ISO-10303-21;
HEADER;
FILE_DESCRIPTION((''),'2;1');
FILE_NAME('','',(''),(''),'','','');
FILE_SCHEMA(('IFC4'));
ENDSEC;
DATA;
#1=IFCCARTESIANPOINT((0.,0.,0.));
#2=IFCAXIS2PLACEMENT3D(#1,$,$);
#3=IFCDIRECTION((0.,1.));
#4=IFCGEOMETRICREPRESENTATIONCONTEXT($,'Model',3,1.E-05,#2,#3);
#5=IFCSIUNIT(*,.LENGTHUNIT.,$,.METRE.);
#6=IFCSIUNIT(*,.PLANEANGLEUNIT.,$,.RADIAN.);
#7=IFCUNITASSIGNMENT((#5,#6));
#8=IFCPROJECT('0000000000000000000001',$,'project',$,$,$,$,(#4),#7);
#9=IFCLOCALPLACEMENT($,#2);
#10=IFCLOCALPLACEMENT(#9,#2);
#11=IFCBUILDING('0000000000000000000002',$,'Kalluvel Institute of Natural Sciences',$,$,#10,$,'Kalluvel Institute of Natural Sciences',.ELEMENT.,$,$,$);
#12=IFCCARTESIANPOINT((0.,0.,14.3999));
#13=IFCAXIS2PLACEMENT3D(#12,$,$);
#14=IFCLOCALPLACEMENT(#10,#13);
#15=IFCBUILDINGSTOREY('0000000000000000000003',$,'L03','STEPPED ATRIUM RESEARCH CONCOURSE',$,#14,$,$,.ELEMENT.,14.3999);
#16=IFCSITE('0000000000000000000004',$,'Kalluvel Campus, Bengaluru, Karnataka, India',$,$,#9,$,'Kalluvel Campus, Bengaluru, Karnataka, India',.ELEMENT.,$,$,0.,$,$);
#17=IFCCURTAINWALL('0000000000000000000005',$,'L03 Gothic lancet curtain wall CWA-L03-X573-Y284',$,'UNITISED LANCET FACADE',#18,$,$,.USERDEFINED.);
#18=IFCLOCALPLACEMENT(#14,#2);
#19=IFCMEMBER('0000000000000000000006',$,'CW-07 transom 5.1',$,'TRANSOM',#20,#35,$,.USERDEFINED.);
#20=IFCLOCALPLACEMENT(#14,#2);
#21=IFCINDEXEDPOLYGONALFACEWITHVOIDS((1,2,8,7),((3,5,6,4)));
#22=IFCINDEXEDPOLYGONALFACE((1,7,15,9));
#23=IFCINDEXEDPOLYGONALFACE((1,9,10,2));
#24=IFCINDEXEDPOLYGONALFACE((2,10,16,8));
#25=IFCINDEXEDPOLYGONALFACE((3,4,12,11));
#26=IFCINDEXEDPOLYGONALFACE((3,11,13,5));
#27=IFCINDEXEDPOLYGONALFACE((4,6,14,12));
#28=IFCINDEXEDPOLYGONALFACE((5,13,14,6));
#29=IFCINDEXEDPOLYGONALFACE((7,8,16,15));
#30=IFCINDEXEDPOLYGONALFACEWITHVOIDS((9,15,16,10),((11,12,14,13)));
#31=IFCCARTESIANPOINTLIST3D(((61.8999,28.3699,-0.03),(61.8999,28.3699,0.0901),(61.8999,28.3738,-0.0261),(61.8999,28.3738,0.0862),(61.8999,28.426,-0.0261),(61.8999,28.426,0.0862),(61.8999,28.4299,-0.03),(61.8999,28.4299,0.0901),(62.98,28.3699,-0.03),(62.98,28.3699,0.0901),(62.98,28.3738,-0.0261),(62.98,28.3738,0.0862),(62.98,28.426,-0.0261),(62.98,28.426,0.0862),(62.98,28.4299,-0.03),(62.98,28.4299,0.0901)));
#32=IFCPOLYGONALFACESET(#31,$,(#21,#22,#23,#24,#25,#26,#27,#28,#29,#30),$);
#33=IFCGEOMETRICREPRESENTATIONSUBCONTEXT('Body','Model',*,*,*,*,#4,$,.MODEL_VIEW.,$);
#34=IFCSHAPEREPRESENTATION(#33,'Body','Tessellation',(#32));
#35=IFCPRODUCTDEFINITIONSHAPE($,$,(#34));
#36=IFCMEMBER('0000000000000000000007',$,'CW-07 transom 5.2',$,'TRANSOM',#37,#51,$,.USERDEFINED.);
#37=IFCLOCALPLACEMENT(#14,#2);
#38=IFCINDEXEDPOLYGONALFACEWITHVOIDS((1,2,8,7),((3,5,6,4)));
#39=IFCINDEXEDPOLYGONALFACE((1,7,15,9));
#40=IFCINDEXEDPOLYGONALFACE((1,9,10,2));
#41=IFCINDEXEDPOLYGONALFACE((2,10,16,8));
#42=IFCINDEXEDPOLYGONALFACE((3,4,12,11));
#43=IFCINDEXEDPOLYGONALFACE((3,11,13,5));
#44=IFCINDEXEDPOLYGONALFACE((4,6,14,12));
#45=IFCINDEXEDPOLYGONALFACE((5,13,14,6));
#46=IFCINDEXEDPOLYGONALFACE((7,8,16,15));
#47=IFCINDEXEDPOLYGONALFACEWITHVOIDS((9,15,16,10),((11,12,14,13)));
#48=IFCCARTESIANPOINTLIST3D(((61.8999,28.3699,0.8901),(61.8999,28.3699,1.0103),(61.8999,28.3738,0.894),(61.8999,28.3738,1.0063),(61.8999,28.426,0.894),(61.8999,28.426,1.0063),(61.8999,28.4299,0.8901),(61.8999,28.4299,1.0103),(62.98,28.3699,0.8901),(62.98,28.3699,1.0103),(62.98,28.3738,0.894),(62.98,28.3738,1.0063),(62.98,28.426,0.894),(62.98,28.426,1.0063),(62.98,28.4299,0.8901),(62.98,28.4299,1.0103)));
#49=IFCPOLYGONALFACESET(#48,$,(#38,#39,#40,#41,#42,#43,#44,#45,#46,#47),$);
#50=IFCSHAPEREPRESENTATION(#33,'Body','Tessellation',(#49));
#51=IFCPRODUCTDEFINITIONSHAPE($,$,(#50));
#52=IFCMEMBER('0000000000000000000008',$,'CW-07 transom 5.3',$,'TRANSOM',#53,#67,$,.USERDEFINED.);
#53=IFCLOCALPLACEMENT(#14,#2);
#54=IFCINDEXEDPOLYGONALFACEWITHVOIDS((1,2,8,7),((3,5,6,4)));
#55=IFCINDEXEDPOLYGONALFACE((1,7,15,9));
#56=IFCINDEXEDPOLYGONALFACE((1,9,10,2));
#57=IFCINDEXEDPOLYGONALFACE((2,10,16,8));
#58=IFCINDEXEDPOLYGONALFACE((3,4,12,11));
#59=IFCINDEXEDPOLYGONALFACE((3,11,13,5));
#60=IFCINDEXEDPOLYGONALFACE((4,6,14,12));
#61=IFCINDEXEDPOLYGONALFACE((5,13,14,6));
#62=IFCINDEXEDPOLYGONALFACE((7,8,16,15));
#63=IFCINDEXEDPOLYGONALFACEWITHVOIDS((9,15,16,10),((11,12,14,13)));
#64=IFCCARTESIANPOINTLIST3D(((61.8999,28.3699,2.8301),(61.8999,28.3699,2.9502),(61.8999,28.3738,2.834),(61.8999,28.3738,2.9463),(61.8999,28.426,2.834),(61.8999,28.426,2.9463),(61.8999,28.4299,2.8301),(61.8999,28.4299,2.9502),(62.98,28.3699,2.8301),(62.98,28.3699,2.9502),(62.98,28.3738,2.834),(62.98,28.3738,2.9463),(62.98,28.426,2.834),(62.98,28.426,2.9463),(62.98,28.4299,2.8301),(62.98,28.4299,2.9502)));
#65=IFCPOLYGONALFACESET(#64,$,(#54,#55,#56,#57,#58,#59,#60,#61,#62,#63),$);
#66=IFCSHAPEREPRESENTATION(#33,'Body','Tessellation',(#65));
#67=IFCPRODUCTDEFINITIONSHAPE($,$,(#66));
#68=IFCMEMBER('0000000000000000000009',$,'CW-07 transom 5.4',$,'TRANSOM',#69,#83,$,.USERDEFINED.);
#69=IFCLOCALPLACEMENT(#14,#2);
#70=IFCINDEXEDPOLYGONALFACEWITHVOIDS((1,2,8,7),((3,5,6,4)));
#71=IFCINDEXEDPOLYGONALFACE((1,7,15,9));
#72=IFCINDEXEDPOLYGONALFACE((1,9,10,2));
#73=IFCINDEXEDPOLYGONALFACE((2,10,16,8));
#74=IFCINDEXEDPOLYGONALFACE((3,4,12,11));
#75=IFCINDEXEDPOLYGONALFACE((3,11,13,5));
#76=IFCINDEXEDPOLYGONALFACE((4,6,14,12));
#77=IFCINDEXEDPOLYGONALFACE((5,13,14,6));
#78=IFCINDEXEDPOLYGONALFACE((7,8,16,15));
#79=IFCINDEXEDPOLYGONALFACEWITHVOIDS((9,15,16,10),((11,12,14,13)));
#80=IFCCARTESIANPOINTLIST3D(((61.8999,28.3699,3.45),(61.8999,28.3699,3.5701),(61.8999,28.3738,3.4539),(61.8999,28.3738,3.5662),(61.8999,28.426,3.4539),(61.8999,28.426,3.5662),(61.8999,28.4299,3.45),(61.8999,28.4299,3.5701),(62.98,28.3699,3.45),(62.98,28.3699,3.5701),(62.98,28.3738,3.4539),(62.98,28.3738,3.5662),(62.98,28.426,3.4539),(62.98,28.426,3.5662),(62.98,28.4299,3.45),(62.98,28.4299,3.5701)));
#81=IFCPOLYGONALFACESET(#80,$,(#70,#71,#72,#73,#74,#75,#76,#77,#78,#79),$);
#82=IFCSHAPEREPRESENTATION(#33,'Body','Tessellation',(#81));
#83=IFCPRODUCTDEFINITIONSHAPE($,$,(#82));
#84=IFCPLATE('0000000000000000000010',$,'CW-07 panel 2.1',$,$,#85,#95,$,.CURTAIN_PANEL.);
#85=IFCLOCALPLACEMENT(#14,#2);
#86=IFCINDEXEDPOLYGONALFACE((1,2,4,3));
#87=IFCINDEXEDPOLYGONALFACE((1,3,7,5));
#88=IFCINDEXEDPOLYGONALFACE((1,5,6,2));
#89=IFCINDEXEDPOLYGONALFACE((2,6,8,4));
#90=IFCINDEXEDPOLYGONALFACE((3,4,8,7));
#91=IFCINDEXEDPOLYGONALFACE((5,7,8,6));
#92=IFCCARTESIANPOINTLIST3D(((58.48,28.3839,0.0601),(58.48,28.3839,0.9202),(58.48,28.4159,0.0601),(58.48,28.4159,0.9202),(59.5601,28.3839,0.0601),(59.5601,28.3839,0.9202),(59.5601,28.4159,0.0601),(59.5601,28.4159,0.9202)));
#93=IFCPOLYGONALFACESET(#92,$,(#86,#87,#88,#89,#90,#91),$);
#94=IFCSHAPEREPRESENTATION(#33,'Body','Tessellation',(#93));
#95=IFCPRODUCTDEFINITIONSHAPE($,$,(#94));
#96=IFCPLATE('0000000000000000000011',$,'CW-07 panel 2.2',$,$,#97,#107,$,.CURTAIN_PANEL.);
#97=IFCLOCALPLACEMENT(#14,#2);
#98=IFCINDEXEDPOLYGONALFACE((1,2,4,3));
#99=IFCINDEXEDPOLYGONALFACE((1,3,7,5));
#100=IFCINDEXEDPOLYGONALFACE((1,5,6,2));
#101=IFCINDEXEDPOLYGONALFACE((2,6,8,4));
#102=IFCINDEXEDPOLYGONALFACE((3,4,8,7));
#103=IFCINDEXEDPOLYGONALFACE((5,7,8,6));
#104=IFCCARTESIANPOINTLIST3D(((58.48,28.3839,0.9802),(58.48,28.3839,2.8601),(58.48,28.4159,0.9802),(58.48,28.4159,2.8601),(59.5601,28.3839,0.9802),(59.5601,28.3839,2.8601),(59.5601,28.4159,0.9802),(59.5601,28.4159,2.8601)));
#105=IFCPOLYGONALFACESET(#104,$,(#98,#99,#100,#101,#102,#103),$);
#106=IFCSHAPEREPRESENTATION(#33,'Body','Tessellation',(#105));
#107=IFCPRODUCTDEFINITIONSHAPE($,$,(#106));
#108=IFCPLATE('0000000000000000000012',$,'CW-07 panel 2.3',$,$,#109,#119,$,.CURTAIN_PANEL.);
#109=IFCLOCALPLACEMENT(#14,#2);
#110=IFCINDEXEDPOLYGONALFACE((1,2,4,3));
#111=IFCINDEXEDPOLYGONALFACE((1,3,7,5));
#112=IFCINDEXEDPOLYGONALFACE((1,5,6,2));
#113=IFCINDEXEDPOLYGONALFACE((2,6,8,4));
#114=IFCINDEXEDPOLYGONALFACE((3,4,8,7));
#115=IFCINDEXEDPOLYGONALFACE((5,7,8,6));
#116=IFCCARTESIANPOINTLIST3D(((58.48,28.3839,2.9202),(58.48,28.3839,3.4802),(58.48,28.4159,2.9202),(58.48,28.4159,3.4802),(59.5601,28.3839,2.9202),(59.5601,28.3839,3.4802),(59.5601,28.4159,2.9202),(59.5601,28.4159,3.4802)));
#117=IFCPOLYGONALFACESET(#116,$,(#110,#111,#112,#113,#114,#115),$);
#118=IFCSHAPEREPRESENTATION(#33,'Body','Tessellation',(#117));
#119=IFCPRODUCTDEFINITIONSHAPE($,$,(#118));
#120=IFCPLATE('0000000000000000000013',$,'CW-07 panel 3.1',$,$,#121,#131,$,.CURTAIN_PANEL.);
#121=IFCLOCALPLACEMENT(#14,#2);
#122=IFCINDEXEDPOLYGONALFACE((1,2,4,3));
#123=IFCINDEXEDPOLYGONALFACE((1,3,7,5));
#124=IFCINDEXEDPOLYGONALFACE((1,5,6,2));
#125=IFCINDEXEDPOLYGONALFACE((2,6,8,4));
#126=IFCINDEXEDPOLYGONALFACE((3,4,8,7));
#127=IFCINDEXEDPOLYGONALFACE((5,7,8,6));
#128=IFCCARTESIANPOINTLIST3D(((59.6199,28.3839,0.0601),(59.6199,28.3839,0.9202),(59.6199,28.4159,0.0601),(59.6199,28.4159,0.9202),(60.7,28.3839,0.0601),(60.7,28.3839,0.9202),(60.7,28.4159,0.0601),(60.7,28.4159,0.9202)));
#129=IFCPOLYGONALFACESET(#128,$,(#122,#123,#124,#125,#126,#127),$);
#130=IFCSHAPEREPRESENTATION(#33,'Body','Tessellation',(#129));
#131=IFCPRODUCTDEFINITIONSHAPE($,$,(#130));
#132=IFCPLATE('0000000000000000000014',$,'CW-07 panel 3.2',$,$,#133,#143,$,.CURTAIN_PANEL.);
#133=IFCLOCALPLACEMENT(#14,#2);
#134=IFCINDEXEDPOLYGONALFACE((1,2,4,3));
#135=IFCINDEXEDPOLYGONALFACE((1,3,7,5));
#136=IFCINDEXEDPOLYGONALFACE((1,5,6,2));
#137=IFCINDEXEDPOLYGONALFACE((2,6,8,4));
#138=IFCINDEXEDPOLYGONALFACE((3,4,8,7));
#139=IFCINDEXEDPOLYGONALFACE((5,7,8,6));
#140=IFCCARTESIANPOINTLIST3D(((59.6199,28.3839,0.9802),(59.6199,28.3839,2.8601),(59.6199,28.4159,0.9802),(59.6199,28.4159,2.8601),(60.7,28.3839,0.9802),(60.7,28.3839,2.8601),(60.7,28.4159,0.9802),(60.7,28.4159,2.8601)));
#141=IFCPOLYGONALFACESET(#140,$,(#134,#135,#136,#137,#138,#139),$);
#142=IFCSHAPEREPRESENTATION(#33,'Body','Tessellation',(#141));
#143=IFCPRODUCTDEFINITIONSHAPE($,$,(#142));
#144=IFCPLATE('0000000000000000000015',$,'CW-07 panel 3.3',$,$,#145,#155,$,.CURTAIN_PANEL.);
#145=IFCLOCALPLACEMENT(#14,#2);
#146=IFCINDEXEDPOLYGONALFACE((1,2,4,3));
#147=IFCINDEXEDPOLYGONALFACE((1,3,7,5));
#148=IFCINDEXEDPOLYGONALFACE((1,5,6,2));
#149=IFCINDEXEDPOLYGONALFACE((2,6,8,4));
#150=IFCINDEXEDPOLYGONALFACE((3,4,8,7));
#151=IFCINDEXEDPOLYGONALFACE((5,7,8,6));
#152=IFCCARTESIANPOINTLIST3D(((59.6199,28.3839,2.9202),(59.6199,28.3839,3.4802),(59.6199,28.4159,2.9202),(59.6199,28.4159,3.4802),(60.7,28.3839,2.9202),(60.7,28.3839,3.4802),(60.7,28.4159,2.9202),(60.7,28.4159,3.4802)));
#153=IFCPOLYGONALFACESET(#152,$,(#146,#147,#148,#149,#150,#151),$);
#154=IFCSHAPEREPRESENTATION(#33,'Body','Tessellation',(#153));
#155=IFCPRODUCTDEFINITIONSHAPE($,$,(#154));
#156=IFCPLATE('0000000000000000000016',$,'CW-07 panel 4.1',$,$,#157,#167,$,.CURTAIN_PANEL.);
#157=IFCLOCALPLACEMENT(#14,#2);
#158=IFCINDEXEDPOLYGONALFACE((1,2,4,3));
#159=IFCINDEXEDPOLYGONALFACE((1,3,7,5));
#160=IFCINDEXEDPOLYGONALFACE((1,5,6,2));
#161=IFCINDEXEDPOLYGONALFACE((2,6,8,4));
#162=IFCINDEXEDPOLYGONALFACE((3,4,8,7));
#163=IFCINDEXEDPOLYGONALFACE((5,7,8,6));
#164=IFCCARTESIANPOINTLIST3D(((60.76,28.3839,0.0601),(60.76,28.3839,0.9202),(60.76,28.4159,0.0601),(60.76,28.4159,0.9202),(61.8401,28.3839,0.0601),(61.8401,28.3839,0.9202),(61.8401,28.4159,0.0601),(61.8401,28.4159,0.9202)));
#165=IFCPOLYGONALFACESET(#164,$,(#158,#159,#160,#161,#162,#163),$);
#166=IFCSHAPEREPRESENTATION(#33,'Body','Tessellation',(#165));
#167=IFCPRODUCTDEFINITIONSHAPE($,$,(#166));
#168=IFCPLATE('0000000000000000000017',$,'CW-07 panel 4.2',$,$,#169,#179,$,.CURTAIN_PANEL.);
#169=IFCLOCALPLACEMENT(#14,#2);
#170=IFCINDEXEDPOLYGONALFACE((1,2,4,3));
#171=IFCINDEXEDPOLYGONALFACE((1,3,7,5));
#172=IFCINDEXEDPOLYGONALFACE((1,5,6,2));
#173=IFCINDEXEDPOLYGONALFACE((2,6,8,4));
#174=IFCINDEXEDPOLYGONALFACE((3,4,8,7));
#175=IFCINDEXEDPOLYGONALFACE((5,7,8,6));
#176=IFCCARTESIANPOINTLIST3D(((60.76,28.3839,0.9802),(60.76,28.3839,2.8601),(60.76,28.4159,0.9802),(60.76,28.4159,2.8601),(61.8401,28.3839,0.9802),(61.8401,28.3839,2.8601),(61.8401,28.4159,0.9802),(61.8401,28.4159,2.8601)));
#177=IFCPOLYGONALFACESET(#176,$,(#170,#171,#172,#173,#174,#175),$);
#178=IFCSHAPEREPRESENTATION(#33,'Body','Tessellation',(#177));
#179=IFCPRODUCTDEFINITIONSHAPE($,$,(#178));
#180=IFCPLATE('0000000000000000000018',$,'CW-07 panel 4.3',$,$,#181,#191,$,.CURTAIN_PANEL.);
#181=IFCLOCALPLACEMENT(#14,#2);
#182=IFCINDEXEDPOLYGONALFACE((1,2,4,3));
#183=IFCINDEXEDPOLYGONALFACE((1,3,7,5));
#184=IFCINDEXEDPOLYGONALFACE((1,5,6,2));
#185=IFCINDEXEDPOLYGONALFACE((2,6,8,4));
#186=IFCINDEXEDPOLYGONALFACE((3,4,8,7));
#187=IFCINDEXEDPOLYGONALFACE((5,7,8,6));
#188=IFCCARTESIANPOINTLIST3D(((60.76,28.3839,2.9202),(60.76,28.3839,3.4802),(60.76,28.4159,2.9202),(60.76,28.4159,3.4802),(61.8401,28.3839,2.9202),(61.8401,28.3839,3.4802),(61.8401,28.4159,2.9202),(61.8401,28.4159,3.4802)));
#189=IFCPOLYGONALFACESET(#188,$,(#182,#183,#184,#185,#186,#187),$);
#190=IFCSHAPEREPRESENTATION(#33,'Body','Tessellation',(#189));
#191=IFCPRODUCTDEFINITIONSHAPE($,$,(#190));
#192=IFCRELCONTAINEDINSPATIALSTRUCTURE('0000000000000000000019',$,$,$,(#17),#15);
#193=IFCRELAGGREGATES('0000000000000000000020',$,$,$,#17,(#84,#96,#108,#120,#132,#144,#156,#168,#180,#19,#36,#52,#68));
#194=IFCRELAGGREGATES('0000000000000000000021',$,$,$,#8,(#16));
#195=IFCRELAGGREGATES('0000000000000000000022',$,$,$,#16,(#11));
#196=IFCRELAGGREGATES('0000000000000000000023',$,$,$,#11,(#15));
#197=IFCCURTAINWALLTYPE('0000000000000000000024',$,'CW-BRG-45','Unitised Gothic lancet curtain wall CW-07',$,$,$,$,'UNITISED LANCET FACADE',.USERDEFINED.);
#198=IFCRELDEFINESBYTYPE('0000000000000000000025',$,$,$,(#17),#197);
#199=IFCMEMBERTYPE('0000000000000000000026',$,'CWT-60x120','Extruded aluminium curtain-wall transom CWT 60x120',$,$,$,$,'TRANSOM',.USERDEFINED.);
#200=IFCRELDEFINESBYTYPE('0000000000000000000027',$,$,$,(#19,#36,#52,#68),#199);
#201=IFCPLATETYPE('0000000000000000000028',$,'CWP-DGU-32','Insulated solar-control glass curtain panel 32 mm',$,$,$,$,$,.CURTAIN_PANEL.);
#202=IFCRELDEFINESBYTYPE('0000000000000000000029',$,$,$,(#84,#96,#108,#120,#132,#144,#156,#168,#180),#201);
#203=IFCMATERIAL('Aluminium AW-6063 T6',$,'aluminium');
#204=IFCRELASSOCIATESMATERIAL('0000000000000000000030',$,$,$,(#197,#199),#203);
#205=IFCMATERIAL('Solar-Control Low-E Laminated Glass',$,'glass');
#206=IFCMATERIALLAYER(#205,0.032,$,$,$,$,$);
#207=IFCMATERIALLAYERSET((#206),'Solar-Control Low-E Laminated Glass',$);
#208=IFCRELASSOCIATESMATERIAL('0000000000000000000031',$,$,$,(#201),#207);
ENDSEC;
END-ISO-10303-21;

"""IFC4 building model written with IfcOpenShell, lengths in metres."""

from ifc_helpers import new_model, si_unit, direction, frame, origin, origin_2d, place, context, subcontext, project, spatial, rectangle, hollow_rectangle, extrude, material, layer, layer_set, material_profile, profile_set, type_object, element, aggregate, save


model = new_model("IFC4")

# Units and contexts
model_context = context("Model", 3, precision=1e-05, world=origin(), true_north=direction((0.0, 1.0)))
body_context = subcontext(model_context, "Body", "Model", "MODEL_VIEW")
ifc_project = project(units=[si_unit("LENGTHUNIT", "METRE"), si_unit("PLANEANGLEUNIT", "RADIAN")], contexts=[model_context])

# Site, building, storey
site_placement = place(None, origin())
site = spatial("IfcSite", under=ifc_project, at=site_placement, Name="Kalluvel Campus, Bengaluru, Karnataka, India", LongName="Kalluvel Campus, Bengaluru, Karnataka, India", CompositionType="ELEMENT", RefElevation=0.0)
building_placement = place(site_placement, origin())
building = spatial("IfcBuilding", under=site, at=building_placement, Name="Kalluvel Institute of Natural Sciences", LongName="Kalluvel Institute of Natural Sciences", CompositionType="ELEMENT")
storey_placement = place(building_placement, frame((0.0, 0.0, 14.3999)))
storey = spatial("IfcBuildingStorey", under=building, at=storey_placement, Name="L03", Description="STEPPED ATRIUM RESEARCH CONCOURSE", CompositionType="ELEMENT", Elevation=14.3999)

# Curtain wall, members, plates
ifc_material_1 = material(Name="Aluminium AW-6063 T6", Category="aluminium")
curtain_wall_type = type_object("IfcCurtainWallType", Name="CW-BRG-45", Description="Unitised Gothic lancet curtain wall CW-07", ElementType="UNITISED LANCET FACADE", PredefinedType="USERDEFINED", material=ifc_material_1)
curtain_wall_placement = place(storey_placement, origin())
curtain_wall = element("IfcCurtainWall", 1, at=curtain_wall_placement, inside=storey, type_object=curtain_wall_type, Name="L03 Gothic lancet curtain wall CWA-L03-X573-Y284", ObjectType="UNITISED LANCET FACADE", PredefinedType="USERDEFINED")
ifc_material_profile_1 = material_profile(ifc_material_1, hollow_rectangle(XDim=0.0601, YDim=0.1201, WallThickness=0.0039, at=origin_2d()), Name="CWT 60x120")
ifc_profile_set_1 = profile_set([ifc_material_profile_1], Name="Aluminium AW-6063 T6")
member_type_1 = type_object("IfcMemberType", Name="CWT-60x120", Description="Extruded aluminium curtain-wall transom CWT 60x120", ElementType="TRANSOM", PredefinedType="USERDEFINED", material=ifc_profile_set_1)
member_1_placement = place(storey_placement, frame((61.8999, 28.3999, 0.03), z_axis=(1.0, 0.0, 0.0), x_axis=(0.0, 1.0, 0.0)))
member_1 = element("IfcMember", 2, at=member_1_placement, type_object=member_type_1, Name="CW-07 transom 5.1", ObjectType="TRANSOM", PredefinedType="USERDEFINED", context=body_context, shape_type="SweptSolid", body=[
    extrude(hollow_rectangle(XDim=0.0601, YDim=0.1201, WallThickness=0.0039, at=origin_2d()), origin(), (0.0, 0.0, 1.0), 1.0801),
])
member_2_placement = place(storey_placement, frame((61.8999, 28.3999, 0.9502), z_axis=(1.0, 0.0, 0.0), x_axis=(0.0, 1.0, 0.0)))
member_2 = element("IfcMember", 3, at=member_2_placement, type_object=member_type_1, Name="CW-07 transom 5.2", ObjectType="TRANSOM", PredefinedType="USERDEFINED", context=body_context, shape_type="SweptSolid", body=[
    extrude(hollow_rectangle(XDim=0.0601, YDim=0.1201, WallThickness=0.0039, at=origin_2d()), origin(), (0.0, 0.0, 1.0), 1.0801),
])
member_3_placement = place(storey_placement, frame((61.8999, 28.3999, 2.8901), z_axis=(1.0, 0.0, 0.0), x_axis=(0.0, 1.0, 0.0)))
member_3 = element("IfcMember", 4, at=member_3_placement, type_object=member_type_1, Name="CW-07 transom 5.3", ObjectType="TRANSOM", PredefinedType="USERDEFINED", context=body_context, shape_type="SweptSolid", body=[
    extrude(hollow_rectangle(XDim=0.0601, YDim=0.1201, WallThickness=0.0039, at=origin_2d()), origin(), (0.0, 0.0, 1.0), 1.0801),
])
member_4_placement = place(storey_placement, frame((61.8999, 28.3999, 3.51), z_axis=(1.0, 0.0, 0.0), x_axis=(0.0, 1.0, 0.0)))
member_4 = element("IfcMember", 5, at=member_4_placement, type_object=member_type_1, Name="CW-07 transom 5.4", ObjectType="TRANSOM", PredefinedType="USERDEFINED", context=body_context, shape_type="SweptSolid", body=[
    extrude(hollow_rectangle(XDim=0.0601, YDim=0.1201, WallThickness=0.0039, at=origin_2d()), origin(), (0.0, 0.0, 1.0), 1.0801),
])
ifc_material_2 = material(Name="Solar-Control Low-E Laminated Glass", Category="glass")
ifc_layer = layer(ifc_material_2, 0.032)
ifc_layer_set = layer_set([ifc_layer], Name="Solar-Control Low-E Laminated Glass")
plate_type = type_object("IfcPlateType", Name="CWP-DGU-32", Description="Insulated solar-control glass curtain panel 32 mm", PredefinedType="CURTAIN_PANEL", material=ifc_layer_set)
plate_1_placement = place(storey_placement, frame((59.02, 28.3999, 0.0601), z_axis=(0.0, 0.0, 1.0), x_axis=(1.0, 0.0, 0.0)))
plate_1 = element("IfcPlate", 6, at=plate_1_placement, type_object=plate_type, Name="CW-07 panel 2.1", PredefinedType="CURTAIN_PANEL", context=body_context, shape_type="SweptSolid", body=[
    extrude(rectangle(XDim=1.0801, YDim=0.032, at=origin_2d()), origin(), (0.0, 0.0, 1.0), 0.8601),
])
plate_2_placement = place(storey_placement, frame((59.02, 28.3999, 0.9802), z_axis=(0.0, 0.0, 1.0), x_axis=(1.0, 0.0, 0.0)))
plate_2 = element("IfcPlate", 7, at=plate_2_placement, type_object=plate_type, Name="CW-07 panel 2.2", PredefinedType="CURTAIN_PANEL", context=body_context, shape_type="SweptSolid", body=[
    extrude(rectangle(XDim=1.0801, YDim=0.032, at=origin_2d()), origin(), (0.0, 0.0, 1.0), 1.8799),
])
plate_3_placement = place(storey_placement, frame((59.02, 28.3999, 2.9202), z_axis=(0.0, 0.0, 1.0), x_axis=(1.0, 0.0, 0.0)))
plate_3 = element("IfcPlate", 8, at=plate_3_placement, type_object=plate_type, Name="CW-07 panel 2.3", PredefinedType="CURTAIN_PANEL", context=body_context, shape_type="SweptSolid", body=[
    extrude(rectangle(XDim=1.0801, YDim=0.032, at=origin_2d()), origin(), (0.0, 0.0, 1.0), 0.5601),
])
plate_4_placement = place(storey_placement, frame((60.1599, 28.3999, 0.0601), z_axis=(0.0, 0.0, 1.0), x_axis=(1.0, 0.0, 0.0)))
plate_4 = element("IfcPlate", 9, at=plate_4_placement, type_object=plate_type, Name="CW-07 panel 3.1", PredefinedType="CURTAIN_PANEL", context=body_context, shape_type="SweptSolid", body=[
    extrude(rectangle(XDim=1.0801, YDim=0.032, at=origin_2d()), origin(), (0.0, 0.0, 1.0), 0.8601),
])
plate_5_placement = place(storey_placement, frame((60.1599, 28.3999, 0.9802), z_axis=(0.0, 0.0, 1.0), x_axis=(1.0, 0.0, 0.0)))
plate_5 = element("IfcPlate", 10, at=plate_5_placement, type_object=plate_type, Name="CW-07 panel 3.2", PredefinedType="CURTAIN_PANEL", context=body_context, shape_type="SweptSolid", body=[
    extrude(rectangle(XDim=1.0801, YDim=0.032, at=origin_2d()), origin(), (0.0, 0.0, 1.0), 1.8799),
])
plate_6_placement = place(storey_placement, frame((60.1599, 28.3999, 2.9202), z_axis=(0.0, 0.0, 1.0), x_axis=(1.0, 0.0, 0.0)))
plate_6 = element("IfcPlate", 11, at=plate_6_placement, type_object=plate_type, Name="CW-07 panel 3.3", PredefinedType="CURTAIN_PANEL", context=body_context, shape_type="SweptSolid", body=[
    extrude(rectangle(XDim=1.0801, YDim=0.032, at=origin_2d()), origin(), (0.0, 0.0, 1.0), 0.5601),
])
plate_7_placement = place(storey_placement, frame((61.3, 28.3999, 0.0601), z_axis=(0.0, 0.0, 1.0), x_axis=(1.0, 0.0, 0.0)))
plate_7 = element("IfcPlate", 12, at=plate_7_placement, type_object=plate_type, Name="CW-07 panel 4.1", PredefinedType="CURTAIN_PANEL", context=body_context, shape_type="SweptSolid", body=[
    extrude(rectangle(XDim=1.0801, YDim=0.032, at=origin_2d()), origin(), (0.0, 0.0, 1.0), 0.8601),
])
plate_8_placement = place(storey_placement, frame((61.3, 28.3999, 0.9802), z_axis=(0.0, 0.0, 1.0), x_axis=(1.0, 0.0, 0.0)))
plate_8 = element("IfcPlate", 13, at=plate_8_placement, type_object=plate_type, Name="CW-07 panel 4.2", PredefinedType="CURTAIN_PANEL", context=body_context, shape_type="SweptSolid", body=[
    extrude(rectangle(XDim=1.0801, YDim=0.032, at=origin_2d()), origin(), (0.0, 0.0, 1.0), 1.8799),
])
plate_9_placement = place(storey_placement, frame((61.3, 28.3999, 2.9202), z_axis=(0.0, 0.0, 1.0), x_axis=(1.0, 0.0, 0.0)))
plate_9 = element("IfcPlate", 14, at=plate_9_placement, type_object=plate_type, Name="CW-07 panel 4.3", PredefinedType="CURTAIN_PANEL", context=body_context, shape_type="SweptSolid", body=[
    extrude(rectangle(XDim=1.0801, YDim=0.032, at=origin_2d()), origin(), (0.0, 0.0, 1.0), 0.5601),
])
aggregate(curtain_wall, [plate_1, plate_2, plate_3, plate_4, plate_5, plate_6, plate_7, plate_8, plate_9, member_1, member_2, member_3, member_4])

save(model, "model.ifc")
